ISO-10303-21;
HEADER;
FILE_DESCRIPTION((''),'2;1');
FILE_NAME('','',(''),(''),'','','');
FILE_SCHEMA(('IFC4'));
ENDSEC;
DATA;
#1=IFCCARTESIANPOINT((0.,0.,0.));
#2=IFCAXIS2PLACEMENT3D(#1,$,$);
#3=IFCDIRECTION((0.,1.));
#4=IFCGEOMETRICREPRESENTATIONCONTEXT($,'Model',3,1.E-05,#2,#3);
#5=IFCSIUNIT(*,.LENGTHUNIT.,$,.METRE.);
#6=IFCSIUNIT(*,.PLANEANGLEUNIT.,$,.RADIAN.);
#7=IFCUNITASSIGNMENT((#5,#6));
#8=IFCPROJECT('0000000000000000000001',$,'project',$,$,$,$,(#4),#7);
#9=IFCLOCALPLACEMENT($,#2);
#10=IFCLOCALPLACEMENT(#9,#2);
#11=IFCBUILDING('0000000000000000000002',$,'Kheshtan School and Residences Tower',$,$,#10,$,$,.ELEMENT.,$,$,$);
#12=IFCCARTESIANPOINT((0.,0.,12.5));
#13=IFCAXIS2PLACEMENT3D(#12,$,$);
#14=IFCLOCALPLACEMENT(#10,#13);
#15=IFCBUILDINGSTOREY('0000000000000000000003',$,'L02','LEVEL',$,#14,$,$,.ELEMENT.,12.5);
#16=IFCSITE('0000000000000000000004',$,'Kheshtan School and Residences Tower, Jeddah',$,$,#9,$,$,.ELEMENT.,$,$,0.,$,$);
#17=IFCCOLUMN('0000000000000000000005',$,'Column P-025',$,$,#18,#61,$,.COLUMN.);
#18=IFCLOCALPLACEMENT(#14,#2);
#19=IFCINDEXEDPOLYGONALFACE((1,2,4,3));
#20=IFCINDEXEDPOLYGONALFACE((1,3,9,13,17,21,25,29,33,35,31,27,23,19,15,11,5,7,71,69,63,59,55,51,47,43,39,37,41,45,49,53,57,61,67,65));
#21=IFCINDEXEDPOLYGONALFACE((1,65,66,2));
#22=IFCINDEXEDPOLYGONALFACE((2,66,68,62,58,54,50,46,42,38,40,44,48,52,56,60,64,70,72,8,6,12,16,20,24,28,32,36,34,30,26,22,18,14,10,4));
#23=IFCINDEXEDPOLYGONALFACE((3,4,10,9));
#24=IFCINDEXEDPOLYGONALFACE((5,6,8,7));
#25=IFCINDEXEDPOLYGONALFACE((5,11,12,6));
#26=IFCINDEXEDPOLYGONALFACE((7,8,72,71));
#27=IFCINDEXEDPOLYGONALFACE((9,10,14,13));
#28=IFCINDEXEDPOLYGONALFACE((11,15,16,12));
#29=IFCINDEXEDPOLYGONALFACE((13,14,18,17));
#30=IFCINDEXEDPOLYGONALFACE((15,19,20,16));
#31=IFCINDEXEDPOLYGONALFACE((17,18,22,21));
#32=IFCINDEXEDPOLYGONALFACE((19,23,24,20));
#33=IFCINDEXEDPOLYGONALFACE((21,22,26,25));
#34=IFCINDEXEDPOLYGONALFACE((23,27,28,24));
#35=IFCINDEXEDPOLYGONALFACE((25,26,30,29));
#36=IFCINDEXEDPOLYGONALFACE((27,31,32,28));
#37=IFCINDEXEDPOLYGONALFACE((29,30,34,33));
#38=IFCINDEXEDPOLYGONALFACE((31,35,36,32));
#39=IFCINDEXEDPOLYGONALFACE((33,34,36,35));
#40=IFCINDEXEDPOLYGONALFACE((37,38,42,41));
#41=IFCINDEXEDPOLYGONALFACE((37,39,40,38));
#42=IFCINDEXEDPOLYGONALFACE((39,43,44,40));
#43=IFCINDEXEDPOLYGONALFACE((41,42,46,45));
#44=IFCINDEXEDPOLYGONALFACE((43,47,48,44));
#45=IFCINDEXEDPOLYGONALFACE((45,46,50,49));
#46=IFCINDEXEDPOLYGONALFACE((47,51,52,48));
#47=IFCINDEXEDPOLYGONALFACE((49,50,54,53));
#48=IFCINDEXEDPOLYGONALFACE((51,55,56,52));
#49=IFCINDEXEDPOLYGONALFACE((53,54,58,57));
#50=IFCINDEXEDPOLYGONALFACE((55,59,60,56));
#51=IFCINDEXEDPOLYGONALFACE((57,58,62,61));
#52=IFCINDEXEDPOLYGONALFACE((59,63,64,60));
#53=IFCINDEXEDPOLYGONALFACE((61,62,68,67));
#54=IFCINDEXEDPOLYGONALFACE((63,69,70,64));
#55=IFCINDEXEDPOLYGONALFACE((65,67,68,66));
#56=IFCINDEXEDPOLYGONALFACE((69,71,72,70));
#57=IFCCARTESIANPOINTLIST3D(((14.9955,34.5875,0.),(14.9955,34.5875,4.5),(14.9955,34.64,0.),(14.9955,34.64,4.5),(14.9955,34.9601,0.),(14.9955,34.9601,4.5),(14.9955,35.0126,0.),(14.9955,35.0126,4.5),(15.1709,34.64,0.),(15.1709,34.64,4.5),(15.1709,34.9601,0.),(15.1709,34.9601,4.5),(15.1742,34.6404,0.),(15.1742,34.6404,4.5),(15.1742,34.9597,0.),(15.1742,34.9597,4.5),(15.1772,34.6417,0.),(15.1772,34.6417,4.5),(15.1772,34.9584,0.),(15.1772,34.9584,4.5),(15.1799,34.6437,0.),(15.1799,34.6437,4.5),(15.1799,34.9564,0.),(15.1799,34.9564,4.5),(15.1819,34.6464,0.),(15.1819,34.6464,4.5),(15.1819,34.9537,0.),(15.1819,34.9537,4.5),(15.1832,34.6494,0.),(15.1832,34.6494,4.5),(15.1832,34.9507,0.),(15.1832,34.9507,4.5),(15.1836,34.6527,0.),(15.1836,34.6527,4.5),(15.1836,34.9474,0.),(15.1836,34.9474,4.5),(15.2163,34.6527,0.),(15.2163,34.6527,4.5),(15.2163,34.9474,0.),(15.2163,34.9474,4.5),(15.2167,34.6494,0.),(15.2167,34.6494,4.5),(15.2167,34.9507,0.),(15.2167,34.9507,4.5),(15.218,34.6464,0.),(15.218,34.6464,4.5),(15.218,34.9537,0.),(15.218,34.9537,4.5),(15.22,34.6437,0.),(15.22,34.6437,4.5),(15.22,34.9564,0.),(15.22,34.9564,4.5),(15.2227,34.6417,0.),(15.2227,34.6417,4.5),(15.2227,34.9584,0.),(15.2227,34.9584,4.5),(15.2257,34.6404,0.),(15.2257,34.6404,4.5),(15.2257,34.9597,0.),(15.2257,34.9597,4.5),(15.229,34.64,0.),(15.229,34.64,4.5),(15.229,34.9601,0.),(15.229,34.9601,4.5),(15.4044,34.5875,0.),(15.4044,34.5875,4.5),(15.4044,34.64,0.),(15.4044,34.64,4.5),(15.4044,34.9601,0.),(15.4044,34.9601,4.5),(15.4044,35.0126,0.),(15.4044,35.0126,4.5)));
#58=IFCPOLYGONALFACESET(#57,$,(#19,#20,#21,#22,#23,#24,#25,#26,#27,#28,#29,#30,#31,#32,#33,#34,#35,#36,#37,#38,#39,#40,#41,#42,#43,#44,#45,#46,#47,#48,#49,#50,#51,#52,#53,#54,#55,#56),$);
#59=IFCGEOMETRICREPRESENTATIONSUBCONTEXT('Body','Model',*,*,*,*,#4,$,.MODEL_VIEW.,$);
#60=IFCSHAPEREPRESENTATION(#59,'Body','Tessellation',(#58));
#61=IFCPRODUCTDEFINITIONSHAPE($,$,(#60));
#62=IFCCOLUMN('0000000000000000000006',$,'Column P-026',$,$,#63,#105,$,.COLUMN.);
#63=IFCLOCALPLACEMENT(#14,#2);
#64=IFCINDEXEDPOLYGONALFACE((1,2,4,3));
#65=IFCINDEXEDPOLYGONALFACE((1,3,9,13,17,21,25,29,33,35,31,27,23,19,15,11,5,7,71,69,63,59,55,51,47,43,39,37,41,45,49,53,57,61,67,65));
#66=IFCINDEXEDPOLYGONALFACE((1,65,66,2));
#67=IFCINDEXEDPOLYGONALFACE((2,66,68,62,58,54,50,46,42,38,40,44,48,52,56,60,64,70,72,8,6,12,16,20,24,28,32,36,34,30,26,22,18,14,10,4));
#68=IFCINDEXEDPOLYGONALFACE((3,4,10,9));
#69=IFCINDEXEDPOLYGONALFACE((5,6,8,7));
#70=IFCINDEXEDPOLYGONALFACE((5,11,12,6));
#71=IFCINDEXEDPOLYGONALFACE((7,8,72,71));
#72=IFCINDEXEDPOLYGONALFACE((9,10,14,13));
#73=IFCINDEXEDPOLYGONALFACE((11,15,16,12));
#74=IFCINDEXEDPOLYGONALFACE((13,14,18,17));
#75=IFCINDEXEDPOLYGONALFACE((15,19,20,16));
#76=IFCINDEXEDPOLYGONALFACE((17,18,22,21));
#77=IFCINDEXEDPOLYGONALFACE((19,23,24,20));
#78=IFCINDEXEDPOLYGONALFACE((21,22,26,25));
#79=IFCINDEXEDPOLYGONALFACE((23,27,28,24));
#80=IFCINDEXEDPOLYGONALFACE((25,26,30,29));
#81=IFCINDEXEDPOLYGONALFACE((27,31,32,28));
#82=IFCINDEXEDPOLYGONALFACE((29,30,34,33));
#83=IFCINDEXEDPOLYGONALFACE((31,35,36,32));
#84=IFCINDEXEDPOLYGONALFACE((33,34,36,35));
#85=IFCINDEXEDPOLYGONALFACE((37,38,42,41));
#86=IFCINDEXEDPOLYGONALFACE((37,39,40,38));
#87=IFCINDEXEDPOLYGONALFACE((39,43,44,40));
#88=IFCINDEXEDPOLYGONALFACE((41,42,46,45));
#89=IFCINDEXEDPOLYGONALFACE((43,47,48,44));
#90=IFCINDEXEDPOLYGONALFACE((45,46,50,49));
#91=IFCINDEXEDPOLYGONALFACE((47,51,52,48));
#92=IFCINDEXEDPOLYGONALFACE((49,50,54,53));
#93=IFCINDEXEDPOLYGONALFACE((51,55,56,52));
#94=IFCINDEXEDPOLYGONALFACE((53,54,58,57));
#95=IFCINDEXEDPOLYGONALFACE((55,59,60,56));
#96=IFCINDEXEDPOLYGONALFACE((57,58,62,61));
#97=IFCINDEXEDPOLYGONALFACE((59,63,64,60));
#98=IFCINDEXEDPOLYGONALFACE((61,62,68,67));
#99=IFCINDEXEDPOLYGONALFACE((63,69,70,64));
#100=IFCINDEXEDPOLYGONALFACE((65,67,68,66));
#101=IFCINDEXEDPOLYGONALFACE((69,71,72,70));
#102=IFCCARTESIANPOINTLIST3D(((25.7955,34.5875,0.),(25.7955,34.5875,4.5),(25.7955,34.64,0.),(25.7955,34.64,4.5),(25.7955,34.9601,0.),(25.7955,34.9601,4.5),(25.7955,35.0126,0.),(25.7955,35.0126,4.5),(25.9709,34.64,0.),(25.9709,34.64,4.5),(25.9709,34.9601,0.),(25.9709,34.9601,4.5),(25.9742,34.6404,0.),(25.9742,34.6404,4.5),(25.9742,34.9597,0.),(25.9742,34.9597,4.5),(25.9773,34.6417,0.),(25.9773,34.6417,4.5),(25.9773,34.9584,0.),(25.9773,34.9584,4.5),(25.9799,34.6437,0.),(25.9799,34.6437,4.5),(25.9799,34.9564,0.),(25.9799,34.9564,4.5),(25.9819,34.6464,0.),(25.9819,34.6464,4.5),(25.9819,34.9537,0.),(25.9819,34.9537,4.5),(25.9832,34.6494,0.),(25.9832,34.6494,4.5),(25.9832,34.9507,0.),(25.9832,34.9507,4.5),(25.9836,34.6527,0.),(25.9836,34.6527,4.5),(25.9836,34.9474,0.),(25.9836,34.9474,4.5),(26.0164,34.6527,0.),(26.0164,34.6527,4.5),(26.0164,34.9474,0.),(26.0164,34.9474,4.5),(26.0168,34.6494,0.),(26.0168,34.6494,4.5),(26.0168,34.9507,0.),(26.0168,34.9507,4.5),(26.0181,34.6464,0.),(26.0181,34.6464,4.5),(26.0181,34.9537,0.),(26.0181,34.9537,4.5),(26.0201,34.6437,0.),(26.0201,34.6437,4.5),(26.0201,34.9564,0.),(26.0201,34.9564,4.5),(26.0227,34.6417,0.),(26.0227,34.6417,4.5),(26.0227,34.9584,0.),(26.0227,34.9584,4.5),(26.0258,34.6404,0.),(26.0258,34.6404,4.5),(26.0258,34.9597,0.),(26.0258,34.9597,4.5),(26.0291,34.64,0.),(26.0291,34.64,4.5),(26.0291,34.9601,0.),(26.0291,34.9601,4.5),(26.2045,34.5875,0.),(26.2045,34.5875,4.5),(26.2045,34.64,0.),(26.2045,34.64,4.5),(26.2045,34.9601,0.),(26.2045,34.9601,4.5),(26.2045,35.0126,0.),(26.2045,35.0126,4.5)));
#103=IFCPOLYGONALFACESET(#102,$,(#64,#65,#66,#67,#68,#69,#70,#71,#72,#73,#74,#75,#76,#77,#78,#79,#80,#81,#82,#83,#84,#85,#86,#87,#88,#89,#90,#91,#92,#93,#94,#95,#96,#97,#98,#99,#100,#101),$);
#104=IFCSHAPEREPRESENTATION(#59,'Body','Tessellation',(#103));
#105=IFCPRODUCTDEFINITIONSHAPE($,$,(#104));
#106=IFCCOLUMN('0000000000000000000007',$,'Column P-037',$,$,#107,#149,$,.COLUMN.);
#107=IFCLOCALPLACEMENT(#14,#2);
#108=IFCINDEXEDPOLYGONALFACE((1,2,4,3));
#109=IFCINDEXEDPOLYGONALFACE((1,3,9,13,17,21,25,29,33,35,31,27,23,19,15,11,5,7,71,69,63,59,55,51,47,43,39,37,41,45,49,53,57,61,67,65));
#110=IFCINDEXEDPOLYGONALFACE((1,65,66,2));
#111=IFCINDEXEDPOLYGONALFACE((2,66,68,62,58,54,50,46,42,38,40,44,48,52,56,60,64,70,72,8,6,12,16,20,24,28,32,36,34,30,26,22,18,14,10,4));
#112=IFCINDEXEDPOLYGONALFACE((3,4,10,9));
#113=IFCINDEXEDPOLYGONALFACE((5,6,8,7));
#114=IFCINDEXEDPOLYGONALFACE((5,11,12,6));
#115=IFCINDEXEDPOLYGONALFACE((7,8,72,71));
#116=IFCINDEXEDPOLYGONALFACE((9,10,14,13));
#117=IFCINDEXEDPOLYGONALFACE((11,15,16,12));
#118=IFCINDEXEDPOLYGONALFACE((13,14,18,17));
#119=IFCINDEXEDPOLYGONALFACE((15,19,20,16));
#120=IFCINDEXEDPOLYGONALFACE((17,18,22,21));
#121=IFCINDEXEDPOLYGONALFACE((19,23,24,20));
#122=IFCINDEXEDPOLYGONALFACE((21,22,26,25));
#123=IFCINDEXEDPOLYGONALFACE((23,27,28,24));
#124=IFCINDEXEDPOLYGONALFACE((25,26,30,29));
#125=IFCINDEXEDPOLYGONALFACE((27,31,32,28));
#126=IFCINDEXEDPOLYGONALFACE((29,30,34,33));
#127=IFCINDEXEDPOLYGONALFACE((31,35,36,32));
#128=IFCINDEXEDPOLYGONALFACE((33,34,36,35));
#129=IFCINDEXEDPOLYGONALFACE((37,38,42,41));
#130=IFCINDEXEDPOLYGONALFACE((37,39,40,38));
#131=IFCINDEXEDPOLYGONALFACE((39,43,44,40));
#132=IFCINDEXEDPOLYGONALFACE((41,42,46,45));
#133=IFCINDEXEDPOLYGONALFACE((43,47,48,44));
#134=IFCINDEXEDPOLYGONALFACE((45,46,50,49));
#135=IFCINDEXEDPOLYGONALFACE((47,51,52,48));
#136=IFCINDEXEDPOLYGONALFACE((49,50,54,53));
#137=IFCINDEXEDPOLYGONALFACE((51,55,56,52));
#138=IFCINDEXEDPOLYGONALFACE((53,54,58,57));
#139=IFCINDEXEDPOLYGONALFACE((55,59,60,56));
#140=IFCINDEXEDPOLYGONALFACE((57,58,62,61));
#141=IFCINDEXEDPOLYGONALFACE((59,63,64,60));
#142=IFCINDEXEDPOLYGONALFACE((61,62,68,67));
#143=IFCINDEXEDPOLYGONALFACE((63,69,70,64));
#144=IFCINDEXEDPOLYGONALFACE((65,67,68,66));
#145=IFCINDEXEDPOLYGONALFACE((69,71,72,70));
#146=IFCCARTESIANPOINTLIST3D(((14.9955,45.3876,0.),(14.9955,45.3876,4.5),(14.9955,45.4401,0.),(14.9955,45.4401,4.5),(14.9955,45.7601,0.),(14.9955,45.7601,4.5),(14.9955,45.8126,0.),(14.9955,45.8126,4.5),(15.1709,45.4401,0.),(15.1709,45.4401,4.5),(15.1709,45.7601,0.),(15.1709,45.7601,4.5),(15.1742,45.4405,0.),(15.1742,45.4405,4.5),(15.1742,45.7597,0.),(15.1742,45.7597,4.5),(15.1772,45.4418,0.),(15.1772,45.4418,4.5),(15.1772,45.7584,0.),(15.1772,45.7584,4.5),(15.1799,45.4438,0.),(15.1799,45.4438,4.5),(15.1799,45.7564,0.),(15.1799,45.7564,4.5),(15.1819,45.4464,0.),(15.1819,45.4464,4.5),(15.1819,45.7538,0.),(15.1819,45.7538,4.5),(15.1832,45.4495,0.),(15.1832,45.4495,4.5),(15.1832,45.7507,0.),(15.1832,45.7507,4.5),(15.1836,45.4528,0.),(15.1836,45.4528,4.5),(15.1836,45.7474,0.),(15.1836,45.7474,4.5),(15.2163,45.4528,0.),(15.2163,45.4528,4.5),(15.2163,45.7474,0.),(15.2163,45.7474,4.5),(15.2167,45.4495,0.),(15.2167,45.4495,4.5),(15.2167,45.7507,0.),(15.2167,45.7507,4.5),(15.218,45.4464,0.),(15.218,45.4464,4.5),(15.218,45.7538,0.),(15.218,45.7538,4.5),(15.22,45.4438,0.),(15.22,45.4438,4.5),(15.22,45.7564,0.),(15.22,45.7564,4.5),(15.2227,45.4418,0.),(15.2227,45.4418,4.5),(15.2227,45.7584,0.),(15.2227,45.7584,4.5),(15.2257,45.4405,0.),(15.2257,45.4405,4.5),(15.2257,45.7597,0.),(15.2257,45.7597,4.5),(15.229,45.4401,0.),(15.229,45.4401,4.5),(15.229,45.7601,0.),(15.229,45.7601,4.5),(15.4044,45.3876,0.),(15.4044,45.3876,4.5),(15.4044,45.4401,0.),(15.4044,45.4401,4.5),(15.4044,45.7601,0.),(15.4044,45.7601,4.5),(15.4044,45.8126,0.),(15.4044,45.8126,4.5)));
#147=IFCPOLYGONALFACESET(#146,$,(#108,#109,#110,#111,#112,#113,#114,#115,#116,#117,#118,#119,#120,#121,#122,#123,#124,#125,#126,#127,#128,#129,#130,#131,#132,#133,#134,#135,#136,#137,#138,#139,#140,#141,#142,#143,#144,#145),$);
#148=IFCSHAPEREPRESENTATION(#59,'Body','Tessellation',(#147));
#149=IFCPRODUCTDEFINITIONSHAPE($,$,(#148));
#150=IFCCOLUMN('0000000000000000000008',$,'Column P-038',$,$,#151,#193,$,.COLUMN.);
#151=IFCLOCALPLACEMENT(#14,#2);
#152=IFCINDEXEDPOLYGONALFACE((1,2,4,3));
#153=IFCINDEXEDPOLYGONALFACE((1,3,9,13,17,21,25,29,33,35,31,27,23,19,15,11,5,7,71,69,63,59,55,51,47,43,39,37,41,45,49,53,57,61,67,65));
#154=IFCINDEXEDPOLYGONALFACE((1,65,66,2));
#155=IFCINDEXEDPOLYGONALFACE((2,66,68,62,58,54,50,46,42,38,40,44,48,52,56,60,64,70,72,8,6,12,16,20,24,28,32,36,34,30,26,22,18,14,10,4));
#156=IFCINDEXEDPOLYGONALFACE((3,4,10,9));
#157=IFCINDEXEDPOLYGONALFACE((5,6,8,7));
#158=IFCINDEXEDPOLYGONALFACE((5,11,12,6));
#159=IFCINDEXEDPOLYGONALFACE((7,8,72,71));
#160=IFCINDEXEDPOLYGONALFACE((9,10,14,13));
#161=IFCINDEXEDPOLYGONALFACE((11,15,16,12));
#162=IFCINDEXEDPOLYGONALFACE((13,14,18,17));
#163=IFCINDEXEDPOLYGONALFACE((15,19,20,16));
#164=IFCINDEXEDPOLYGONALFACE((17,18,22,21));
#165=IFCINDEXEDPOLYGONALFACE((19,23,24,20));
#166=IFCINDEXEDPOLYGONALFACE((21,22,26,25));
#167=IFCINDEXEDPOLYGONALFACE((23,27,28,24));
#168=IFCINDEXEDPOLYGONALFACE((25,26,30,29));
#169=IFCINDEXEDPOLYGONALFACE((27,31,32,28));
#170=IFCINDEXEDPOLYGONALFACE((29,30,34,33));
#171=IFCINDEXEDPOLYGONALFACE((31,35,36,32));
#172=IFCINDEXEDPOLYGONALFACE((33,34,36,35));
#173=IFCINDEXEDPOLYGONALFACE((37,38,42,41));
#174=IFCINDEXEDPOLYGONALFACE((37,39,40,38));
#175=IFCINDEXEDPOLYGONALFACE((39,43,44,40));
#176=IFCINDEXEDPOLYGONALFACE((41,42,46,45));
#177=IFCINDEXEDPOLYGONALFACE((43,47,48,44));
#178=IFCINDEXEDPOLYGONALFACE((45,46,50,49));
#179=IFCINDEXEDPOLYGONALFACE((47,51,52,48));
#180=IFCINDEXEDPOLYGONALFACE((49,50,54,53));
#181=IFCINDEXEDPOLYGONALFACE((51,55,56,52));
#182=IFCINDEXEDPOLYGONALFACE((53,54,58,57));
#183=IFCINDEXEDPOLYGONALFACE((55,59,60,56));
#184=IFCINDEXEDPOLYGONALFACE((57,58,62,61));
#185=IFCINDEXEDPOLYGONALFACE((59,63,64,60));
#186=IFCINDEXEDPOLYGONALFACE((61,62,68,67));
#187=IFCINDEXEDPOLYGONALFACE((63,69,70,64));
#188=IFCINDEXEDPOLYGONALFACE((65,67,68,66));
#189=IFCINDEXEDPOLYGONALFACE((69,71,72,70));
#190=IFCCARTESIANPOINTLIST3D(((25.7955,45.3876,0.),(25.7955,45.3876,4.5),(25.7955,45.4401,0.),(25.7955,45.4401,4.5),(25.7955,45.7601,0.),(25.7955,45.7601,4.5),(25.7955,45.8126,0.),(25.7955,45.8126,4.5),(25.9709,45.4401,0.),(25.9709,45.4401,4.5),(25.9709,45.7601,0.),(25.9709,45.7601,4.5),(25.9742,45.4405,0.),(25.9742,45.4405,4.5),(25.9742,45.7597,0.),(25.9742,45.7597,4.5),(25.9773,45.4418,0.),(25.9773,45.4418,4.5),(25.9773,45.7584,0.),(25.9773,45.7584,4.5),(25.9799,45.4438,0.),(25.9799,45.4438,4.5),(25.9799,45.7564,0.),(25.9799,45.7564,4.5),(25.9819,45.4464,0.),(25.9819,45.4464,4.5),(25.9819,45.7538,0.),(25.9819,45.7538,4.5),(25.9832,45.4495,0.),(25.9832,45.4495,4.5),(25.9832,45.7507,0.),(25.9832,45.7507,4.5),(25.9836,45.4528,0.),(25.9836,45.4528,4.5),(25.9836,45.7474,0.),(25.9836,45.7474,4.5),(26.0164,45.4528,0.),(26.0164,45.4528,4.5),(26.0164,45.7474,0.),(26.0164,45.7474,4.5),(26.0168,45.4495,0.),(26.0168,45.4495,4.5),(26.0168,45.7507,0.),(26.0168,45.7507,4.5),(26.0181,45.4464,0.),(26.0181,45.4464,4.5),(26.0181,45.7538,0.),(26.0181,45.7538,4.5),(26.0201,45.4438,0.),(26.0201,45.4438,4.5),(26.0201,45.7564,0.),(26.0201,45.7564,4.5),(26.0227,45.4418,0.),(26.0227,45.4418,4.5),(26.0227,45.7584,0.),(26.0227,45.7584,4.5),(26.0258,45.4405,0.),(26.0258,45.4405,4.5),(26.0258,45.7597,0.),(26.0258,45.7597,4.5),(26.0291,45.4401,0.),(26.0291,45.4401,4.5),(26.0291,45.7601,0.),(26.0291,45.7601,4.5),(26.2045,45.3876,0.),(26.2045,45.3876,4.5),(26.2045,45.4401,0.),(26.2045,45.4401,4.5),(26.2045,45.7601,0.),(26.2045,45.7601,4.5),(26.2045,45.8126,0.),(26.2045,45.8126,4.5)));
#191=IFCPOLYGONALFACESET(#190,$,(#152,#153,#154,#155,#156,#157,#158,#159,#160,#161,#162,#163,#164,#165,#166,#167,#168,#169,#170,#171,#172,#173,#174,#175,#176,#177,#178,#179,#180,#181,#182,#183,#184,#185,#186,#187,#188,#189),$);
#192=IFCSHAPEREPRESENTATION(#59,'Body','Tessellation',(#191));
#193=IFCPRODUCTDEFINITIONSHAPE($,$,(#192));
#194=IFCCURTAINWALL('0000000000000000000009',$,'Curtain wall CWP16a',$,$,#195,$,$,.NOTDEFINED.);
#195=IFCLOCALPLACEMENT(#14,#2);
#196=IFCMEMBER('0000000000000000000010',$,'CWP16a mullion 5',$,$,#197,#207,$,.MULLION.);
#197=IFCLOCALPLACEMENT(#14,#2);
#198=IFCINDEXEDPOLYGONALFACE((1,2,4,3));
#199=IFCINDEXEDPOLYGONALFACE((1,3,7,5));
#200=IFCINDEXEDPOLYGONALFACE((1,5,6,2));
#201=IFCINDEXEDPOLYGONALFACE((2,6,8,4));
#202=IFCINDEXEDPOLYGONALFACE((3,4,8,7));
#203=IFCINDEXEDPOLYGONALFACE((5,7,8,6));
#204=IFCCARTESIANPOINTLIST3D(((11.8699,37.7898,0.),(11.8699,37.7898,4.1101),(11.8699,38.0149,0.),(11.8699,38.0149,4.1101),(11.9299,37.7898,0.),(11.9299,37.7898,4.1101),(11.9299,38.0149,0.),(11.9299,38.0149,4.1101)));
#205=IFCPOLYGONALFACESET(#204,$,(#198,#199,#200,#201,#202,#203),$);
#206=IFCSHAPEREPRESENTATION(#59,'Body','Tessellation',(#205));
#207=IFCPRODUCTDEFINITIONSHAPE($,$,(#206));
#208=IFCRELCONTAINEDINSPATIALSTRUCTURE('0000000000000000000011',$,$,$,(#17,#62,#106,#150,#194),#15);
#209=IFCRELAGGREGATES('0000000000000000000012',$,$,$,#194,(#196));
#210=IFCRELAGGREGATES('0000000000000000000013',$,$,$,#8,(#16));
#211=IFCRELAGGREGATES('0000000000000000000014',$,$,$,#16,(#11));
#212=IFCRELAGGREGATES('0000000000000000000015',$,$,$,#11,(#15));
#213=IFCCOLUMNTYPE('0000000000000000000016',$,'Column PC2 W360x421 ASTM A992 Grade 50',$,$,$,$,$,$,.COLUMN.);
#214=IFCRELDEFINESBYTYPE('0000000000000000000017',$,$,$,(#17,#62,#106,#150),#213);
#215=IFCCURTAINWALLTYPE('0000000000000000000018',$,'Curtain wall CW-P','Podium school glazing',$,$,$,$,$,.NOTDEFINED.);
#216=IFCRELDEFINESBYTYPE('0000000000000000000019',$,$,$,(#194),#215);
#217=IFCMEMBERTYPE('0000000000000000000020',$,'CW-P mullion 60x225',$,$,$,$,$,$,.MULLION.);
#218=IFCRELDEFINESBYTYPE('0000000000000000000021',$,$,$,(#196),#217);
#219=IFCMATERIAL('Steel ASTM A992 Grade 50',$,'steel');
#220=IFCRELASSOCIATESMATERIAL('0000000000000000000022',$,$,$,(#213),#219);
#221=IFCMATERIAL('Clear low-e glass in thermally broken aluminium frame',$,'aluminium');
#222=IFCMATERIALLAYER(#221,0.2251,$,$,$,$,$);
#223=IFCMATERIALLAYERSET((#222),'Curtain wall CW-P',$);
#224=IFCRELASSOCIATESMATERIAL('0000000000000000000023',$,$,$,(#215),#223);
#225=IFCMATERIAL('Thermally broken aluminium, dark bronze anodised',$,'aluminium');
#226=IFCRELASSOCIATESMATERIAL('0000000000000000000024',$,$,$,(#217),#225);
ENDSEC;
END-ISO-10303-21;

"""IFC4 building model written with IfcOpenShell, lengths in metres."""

from ifc_helpers import new_model, si_unit, direction, frame, origin, origin_2d, place, context, subcontext, project, spatial, rectangle, i_section, extrude, material, layer, layer_set, material_profile, profile_set, type_object, element, aggregate, save


model = new_model("IFC4")

# Units and contexts
model_context = context("Model", 3, precision=1e-05, world=origin(), true_north=direction((0.0, 1.0)))
body_context = subcontext(model_context, "Body", "Model", "MODEL_VIEW")
ifc_project = project(units=[si_unit("LENGTHUNIT", "METRE"), si_unit("PLANEANGLEUNIT", "RADIAN")], contexts=[model_context])

# Site, building, storey
site_placement = place(None, origin())
site = spatial("IfcSite", under=ifc_project, at=site_placement, Name="Kheshtan School and Residences Tower, Jeddah", CompositionType="ELEMENT", RefElevation=0.0)
building_placement = place(site_placement, origin())
building = spatial("IfcBuilding", under=site, at=building_placement, Name="Kheshtan School and Residences Tower", CompositionType="ELEMENT")
storey_placement = place(building_placement, frame((0.0, 0.0, 12.5)))
storey = spatial("IfcBuildingStorey", under=building, at=storey_placement, Name="L02", Description="LEVEL", CompositionType="ELEMENT", Elevation=12.5)

# Columns
ifc_material_1 = material(Name="Steel ASTM A992 Grade 50", Category="steel")
ifc_material_profile_1 = material_profile(ifc_material_1, i_section(OverallWidth=0.4089, OverallDepth=0.425, WebThickness=0.0327, FlangeThickness=0.0525, FilletRadius=0.0127, at=origin_2d()), Name="W360x421")
ifc_profile_set_1 = profile_set([ifc_material_profile_1], Name="Steel ASTM A992 Grade 50")
column_type = type_object("IfcColumnType", Name="Column PC2 W360x421 ASTM A992 Grade 50", PredefinedType="COLUMN", material=ifc_profile_set_1)
for number, where, z_axis, x_axis, name in (
    (1, (15.2, 34.8, 0.0), (0.0, 0.0, 1.0), (1.0, 0.0, 0.0), "Column P-025"),
    (2, (26.0, 34.8, 0.0), (0.0, 0.0, 1.0), (1.0, 0.0, 0.0), "Column P-026"),
    (3, (15.2, 45.6001, 0.0), (0.0, 0.0, 1.0), (1.0, 0.0, 0.0), "Column P-037"),
    (4, (26.0, 45.6001, 0.0), (0.0, 0.0, 1.0), (1.0, 0.0, 0.0), "Column P-038"),
):
    element("IfcColumn", number, at=place(storey_placement, frame(where, z_axis=z_axis, x_axis=x_axis)), inside=storey, type_object=column_type, Name=name, PredefinedType="COLUMN", context=body_context, shape_type="SweptSolid", body=[
        extrude(i_section(OverallWidth=0.4089, OverallDepth=0.425, WebThickness=0.0327, FlangeThickness=0.0525, FilletRadius=0.0127, at=origin_2d()), origin(), (0.0, 0.0, 1.0), 4.5),
    ])

# Curtain wall, member
ifc_material_2 = material(Name="Clear low-e glass in thermally broken aluminium frame", Category="aluminium")
ifc_layer_1 = layer(ifc_material_2, 0.2251)
ifc_layer_set_1 = layer_set([ifc_layer_1], Name="Curtain wall CW-P")
curtain_wall_type = type_object("IfcCurtainWallType", Name="Curtain wall CW-P", Description="Podium school glazing", PredefinedType="NOTDEFINED", material=ifc_layer_set_1)
curtain_wall_placement = place(storey_placement, origin())
curtain_wall = element("IfcCurtainWall", 5, at=curtain_wall_placement, inside=storey, type_object=curtain_wall_type, Name="Curtain wall CWP16a", PredefinedType="NOTDEFINED")
ifc_material_3 = material(Name="Thermally broken aluminium, dark bronze anodised", Category="aluminium")
ifc_material_profile_2 = material_profile(ifc_material_3, rectangle(XDim=0.0601, YDim=0.2251, at=origin_2d()), Name="CW-P mullion 60x225")
ifc_profile_set_2 = profile_set([ifc_material_profile_2], Name="Thermally broken aluminium, dark bronze anodised")
member_type = type_object("IfcMemberType", Name="CW-P mullion 60x225", PredefinedType="MULLION", material=ifc_profile_set_2)
member_1_placement = place(storey_placement, frame((11.8999, 37.9023, 0.0), z_axis=(0.0, 0.0, 1.0), x_axis=(-1.0, 0.0, 0.0)))
member_1 = element("IfcMember", 6, at=member_1_placement, type_object=member_type, Name="CWP16a mullion 5", PredefinedType="MULLION", context=body_context, shape_type="SweptSolid", body=[
    extrude(rectangle(XDim=0.0601, YDim=0.2251, at=origin_2d()), origin(), (0.0, 0.0, 1.0), 4.1101),
])
aggregate(curtain_wall, [member_1])

save(model, "model.ifc")
